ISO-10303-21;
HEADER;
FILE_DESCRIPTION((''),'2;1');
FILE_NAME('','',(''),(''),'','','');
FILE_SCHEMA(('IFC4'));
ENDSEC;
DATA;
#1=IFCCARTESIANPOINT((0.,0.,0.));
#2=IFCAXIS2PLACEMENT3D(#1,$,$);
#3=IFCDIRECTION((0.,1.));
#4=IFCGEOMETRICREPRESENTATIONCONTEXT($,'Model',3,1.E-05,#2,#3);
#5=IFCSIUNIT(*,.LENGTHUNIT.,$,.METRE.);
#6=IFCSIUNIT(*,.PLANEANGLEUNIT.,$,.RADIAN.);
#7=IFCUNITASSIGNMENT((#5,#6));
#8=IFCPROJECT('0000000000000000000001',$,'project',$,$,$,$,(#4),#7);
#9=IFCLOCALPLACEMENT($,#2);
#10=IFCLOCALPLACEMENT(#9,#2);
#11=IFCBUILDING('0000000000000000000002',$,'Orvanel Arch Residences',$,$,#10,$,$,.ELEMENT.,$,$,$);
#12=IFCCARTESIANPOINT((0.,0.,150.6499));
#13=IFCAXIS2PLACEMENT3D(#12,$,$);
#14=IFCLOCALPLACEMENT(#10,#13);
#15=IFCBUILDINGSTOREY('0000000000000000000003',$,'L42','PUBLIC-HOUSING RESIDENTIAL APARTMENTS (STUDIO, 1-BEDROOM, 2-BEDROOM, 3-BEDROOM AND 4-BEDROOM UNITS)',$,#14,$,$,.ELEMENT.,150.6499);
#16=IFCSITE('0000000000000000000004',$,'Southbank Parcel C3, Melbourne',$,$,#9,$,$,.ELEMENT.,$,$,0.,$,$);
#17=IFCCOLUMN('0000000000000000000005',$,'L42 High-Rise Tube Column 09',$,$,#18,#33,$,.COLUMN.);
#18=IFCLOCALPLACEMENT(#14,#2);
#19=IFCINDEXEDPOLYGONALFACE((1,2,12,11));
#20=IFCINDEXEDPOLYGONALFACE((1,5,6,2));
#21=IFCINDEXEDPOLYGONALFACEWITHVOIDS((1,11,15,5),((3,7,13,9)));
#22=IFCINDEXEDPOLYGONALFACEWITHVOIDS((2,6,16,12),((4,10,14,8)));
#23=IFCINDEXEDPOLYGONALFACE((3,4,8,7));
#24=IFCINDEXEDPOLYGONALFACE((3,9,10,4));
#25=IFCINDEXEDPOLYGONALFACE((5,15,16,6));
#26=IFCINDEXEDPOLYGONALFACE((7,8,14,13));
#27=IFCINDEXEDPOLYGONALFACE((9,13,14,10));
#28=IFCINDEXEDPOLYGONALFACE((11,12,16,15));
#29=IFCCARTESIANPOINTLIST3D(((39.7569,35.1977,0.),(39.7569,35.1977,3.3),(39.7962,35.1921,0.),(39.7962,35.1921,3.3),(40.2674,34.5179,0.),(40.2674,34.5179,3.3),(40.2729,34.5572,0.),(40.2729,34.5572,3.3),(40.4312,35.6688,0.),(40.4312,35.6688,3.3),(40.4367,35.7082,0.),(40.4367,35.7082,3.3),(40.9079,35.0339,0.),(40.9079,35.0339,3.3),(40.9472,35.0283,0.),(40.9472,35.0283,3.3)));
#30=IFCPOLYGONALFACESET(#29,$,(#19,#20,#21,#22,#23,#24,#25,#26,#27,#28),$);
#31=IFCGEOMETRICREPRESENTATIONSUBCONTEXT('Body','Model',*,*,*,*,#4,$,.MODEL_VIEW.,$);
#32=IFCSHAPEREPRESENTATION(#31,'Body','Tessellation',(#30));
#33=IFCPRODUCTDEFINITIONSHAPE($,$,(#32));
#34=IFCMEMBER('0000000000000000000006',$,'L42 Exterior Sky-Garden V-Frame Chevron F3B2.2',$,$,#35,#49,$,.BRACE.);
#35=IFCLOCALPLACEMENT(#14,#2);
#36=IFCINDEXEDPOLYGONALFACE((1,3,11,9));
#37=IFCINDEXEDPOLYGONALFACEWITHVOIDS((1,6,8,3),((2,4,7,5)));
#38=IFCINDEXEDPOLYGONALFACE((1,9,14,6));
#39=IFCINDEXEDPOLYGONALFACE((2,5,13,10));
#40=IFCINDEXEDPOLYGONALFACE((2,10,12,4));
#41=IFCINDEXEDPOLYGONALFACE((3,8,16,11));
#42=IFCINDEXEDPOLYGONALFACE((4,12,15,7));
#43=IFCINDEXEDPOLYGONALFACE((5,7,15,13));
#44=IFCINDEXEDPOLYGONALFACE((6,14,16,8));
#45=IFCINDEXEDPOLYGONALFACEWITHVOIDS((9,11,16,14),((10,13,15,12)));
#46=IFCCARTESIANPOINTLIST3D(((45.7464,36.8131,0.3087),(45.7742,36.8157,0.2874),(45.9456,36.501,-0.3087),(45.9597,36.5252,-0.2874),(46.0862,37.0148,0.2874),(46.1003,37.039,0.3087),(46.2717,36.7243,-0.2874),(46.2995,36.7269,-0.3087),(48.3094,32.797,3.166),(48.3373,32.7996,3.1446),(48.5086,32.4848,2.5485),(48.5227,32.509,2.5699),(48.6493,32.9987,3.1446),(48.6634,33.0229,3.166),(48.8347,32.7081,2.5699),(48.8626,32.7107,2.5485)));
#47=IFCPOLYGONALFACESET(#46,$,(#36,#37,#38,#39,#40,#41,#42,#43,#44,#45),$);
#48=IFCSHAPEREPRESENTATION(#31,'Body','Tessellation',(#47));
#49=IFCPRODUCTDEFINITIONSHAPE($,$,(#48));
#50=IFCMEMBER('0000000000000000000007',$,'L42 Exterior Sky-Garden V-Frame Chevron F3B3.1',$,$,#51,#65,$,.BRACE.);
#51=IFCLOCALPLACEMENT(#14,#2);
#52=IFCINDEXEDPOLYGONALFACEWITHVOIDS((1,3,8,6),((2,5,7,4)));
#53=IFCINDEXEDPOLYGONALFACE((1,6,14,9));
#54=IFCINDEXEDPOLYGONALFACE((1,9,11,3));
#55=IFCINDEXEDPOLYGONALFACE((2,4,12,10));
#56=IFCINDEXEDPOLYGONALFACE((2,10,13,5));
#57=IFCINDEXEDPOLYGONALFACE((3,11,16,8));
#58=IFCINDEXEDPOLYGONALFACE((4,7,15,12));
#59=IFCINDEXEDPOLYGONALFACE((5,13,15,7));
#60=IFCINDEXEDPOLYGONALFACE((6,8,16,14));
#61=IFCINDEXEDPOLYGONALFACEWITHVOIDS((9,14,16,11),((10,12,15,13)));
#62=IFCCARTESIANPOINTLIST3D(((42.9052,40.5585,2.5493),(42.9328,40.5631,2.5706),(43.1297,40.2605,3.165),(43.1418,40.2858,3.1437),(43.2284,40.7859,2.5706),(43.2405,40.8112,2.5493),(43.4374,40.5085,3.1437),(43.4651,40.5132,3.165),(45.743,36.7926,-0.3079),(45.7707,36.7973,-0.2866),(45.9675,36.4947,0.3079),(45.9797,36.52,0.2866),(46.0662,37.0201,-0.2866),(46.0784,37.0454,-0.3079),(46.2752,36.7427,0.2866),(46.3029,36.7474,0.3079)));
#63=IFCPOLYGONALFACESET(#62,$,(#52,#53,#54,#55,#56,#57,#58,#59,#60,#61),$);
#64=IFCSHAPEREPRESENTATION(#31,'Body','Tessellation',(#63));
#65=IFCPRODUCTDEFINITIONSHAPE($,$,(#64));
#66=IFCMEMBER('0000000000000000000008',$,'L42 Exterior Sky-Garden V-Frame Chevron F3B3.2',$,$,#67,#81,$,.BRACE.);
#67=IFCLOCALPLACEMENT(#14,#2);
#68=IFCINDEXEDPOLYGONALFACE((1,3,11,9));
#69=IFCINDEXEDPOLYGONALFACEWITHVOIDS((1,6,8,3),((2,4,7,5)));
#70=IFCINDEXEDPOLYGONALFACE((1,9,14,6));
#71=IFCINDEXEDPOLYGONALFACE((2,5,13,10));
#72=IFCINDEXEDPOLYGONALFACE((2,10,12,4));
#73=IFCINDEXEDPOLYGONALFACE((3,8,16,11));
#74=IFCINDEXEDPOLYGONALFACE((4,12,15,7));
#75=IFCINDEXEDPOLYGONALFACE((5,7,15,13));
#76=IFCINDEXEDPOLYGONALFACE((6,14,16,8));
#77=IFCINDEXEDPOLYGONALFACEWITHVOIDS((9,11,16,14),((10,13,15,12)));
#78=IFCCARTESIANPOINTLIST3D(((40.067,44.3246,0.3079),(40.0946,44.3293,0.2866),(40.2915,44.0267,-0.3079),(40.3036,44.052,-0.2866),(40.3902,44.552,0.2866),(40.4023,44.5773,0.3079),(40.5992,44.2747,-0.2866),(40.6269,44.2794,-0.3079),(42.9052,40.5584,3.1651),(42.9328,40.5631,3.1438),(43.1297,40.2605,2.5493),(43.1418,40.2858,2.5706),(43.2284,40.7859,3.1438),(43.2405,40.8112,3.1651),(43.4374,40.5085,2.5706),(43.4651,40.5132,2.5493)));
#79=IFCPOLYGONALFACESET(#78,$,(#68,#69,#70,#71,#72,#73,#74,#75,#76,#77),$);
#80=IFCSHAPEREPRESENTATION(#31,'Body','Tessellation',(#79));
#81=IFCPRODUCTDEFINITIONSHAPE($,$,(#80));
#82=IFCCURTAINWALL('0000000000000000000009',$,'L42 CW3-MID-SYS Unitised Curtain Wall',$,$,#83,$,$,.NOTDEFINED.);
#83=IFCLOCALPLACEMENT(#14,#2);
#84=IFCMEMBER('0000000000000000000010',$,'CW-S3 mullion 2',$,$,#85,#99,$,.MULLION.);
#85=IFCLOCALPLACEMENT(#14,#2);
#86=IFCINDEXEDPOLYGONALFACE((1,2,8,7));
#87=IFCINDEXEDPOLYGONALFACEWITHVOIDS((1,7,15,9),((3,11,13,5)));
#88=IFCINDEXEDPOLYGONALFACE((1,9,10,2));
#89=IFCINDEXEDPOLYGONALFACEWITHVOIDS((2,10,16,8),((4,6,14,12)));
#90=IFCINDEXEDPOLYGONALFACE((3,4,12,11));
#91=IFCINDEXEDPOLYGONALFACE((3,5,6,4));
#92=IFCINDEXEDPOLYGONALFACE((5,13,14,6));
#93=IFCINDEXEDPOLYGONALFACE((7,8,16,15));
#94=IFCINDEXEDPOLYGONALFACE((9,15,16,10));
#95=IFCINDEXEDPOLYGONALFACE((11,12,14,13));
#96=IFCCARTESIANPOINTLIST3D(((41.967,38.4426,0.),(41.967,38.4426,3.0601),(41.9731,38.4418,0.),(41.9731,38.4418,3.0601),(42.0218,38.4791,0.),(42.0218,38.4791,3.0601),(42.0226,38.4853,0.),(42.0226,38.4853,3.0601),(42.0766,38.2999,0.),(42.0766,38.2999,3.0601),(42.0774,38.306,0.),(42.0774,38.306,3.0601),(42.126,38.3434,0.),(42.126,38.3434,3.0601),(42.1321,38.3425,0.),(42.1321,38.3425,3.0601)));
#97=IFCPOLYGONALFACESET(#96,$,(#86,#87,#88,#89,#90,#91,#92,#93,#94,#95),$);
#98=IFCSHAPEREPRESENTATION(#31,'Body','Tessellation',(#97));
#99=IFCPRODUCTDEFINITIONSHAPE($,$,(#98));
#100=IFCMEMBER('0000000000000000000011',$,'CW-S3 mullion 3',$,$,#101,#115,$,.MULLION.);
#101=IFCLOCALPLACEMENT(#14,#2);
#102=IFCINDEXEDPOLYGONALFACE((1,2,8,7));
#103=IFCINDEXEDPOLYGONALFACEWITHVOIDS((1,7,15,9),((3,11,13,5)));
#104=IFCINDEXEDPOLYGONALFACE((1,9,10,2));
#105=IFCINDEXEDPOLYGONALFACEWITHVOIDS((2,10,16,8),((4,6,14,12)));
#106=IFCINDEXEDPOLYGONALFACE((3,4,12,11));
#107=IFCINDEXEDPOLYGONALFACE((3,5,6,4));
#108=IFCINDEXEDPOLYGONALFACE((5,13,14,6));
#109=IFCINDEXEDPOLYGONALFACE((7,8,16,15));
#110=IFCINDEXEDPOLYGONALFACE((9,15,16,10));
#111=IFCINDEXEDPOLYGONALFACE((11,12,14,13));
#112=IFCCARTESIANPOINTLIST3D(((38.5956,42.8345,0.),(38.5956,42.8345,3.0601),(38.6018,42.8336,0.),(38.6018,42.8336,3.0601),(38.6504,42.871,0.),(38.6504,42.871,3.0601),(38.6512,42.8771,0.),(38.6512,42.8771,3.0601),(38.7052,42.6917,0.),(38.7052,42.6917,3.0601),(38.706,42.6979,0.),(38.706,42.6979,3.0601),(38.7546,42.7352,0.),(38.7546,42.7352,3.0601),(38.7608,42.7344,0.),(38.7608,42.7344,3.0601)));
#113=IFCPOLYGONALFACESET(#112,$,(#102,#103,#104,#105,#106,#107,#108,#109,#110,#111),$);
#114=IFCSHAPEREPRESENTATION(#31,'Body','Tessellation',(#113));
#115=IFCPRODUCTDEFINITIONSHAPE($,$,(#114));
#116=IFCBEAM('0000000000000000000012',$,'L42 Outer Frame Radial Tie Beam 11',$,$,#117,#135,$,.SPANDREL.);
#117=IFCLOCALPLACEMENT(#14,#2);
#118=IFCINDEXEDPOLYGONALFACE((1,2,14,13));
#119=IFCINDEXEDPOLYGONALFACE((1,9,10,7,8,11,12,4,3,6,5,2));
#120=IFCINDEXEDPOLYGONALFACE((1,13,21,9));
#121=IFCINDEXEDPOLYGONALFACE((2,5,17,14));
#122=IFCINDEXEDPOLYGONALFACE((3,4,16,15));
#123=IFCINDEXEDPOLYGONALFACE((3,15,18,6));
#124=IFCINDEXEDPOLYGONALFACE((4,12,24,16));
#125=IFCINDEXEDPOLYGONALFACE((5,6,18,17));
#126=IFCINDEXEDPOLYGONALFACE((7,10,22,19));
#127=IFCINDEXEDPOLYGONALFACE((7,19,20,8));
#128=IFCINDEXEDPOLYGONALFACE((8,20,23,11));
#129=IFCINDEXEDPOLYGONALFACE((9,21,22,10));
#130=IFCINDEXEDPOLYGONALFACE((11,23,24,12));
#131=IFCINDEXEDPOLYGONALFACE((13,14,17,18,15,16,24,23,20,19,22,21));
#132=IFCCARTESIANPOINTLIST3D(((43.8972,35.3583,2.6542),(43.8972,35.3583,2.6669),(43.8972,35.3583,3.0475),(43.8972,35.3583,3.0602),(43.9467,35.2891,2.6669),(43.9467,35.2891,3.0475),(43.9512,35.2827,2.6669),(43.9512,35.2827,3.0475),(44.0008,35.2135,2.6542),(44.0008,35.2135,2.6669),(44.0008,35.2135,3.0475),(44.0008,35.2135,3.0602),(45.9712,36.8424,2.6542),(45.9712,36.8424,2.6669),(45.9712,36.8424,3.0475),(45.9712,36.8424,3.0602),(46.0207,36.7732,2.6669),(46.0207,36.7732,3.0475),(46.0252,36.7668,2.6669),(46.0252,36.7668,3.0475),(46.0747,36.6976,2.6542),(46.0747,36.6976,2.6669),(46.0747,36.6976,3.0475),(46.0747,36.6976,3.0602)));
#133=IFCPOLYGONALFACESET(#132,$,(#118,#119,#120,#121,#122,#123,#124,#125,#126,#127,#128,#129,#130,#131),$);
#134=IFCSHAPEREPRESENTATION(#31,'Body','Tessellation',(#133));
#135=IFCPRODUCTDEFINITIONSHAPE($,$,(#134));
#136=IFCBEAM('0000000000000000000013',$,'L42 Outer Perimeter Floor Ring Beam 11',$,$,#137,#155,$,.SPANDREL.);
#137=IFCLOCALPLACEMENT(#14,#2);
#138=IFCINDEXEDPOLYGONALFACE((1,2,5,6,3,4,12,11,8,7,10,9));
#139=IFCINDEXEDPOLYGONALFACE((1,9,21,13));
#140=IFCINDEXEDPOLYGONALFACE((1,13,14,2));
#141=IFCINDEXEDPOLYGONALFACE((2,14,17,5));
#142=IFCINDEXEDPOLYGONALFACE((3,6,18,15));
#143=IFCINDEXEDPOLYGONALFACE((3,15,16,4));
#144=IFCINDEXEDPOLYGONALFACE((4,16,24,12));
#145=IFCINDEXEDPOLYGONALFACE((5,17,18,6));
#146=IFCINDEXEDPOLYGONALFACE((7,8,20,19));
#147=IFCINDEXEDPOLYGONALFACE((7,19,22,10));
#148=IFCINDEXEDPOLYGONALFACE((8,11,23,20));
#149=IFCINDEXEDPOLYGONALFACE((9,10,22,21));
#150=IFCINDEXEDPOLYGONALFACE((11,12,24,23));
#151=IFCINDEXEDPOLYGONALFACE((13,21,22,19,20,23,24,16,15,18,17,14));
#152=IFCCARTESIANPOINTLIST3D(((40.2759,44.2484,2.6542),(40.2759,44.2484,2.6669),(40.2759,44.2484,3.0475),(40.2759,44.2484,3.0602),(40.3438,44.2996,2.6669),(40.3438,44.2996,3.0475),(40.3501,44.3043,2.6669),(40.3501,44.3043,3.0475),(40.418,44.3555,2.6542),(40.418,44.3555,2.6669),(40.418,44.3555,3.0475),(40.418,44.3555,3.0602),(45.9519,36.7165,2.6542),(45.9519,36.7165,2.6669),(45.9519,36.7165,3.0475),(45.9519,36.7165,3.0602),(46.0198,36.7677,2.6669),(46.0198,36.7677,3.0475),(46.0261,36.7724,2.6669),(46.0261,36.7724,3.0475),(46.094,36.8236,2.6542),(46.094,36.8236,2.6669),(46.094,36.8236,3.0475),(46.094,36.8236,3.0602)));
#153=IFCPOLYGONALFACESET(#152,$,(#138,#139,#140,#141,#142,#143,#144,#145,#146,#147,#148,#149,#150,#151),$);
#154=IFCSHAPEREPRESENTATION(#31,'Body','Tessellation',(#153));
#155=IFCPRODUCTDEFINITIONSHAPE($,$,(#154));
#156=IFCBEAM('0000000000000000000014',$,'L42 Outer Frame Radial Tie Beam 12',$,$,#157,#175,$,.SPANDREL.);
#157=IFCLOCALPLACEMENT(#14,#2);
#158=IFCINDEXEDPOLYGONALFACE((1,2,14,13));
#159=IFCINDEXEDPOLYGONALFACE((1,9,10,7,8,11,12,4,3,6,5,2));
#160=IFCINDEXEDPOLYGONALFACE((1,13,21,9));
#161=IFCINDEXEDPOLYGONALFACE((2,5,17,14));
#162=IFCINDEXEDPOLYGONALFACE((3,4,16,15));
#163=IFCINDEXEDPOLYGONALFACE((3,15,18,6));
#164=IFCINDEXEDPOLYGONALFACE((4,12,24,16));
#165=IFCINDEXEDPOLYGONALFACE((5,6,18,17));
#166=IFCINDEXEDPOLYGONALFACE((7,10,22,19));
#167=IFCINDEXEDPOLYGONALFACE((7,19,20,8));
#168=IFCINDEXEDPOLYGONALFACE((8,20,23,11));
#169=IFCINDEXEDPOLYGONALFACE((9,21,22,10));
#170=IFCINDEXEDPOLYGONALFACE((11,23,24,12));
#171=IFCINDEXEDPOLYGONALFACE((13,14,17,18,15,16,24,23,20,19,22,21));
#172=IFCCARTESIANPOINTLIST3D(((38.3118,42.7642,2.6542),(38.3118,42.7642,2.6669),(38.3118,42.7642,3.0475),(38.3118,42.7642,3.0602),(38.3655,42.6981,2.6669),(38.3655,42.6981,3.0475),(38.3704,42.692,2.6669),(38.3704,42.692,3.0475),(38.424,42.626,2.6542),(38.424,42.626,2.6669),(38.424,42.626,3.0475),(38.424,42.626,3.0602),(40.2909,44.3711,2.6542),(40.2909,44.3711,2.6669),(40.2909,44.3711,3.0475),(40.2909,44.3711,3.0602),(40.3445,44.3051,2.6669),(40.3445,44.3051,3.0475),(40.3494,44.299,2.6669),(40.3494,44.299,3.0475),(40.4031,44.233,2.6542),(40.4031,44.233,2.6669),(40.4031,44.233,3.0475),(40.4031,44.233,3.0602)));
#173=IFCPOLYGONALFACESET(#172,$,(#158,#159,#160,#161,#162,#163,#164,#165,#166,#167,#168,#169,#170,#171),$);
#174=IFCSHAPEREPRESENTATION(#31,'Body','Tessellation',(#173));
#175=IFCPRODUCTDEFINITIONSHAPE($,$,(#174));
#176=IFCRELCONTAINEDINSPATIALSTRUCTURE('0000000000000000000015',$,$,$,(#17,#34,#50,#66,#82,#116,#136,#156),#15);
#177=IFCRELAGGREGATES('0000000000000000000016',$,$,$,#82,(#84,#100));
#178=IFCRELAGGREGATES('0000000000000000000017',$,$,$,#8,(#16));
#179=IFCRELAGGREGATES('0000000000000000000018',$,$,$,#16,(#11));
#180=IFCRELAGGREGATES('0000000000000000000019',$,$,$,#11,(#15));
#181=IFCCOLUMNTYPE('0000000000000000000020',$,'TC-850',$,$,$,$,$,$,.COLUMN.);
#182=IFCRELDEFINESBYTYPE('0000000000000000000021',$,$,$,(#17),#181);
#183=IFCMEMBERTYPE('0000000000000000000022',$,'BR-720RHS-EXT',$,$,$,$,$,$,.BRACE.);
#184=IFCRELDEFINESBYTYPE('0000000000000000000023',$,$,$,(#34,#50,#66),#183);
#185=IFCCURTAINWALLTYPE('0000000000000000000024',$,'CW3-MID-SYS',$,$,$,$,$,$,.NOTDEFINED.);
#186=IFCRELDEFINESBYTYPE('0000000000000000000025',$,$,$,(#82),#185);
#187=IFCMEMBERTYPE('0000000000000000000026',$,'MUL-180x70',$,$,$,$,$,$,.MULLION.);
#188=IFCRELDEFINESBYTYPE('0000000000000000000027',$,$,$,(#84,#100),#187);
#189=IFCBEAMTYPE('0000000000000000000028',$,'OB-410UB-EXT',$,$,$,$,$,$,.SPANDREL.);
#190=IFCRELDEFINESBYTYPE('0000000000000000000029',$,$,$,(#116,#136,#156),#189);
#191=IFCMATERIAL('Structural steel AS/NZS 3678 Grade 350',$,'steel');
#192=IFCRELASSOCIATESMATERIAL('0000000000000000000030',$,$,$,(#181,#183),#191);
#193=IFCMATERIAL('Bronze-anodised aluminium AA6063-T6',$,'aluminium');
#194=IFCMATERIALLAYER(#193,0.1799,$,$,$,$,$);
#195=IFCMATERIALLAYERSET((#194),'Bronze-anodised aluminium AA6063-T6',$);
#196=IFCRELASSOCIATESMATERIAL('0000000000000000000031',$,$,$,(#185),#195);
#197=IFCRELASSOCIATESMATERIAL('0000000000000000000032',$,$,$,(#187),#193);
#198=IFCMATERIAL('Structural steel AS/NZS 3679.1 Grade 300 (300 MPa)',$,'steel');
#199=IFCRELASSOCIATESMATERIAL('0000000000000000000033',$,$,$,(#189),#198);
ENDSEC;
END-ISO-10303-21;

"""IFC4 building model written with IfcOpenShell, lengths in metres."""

from ifc_helpers import new_model, si_unit, direction, frame, origin, origin_2d, place, context, subcontext, project, spatial, hollow_rectangle, i_section, extrude, material, layer, layer_set, material_profile, profile_set, type_object, element, aggregate, save


model = new_model("IFC4")

# Units and contexts
model_context = context("Model", 3, precision=1e-05, world=origin(), true_north=direction((0.0, 1.0)))
body_context = subcontext(model_context, "Body", "Model", "MODEL_VIEW")
ifc_project = project(units=[si_unit("LENGTHUNIT", "METRE"), si_unit("PLANEANGLEUNIT", "RADIAN")], contexts=[model_context])

# Site, building, storey
site_placement = place(None, origin())
site = spatial("IfcSite", under=ifc_project, at=site_placement, Name="Southbank Parcel C3, Melbourne", CompositionType="ELEMENT", RefElevation=0.0)
building_placement = place(site_placement, origin())
building = spatial("IfcBuilding", under=site, at=building_placement, Name="Orvanel Arch Residences", CompositionType="ELEMENT")
storey_placement = place(building_placement, frame((0.0, 0.0, 150.6499)))
storey = spatial("IfcBuildingStorey", under=building, at=storey_placement, Name="L42", Description="PUBLIC-HOUSING RESIDENTIAL APARTMENTS (STUDIO, 1-BEDROOM, 2-BEDROOM, 3-BEDROOM AND 4-BEDROOM UNITS)", CompositionType="ELEMENT", Elevation=150.6499)

# Column
ifc_material_1 = material(Name="Structural steel AS/NZS 3678 Grade 350", Category="steel")
ifc_material_profile_1 = material_profile(ifc_material_1, hollow_rectangle(XDim=0.8501, YDim=0.8501, WallThickness=0.0281, at=origin_2d()), Name="BOX850x850x28")
ifc_profile_set_1 = profile_set([ifc_material_profile_1], Name="Structural steel AS/NZS 3678 Grade 350")
column_type = type_object("IfcColumnType", Name="TC-850", PredefinedType="COLUMN", material=ifc_profile_set_1)
column_placement = place(storey_placement, frame((40.3521, 35.113, 0.0), z_axis=(0.0, 0.0, 1.0), x_axis=(-0.60042, 0.799685, 0.0)))
element("IfcColumn", 1, at=column_placement, inside=storey, type_object=column_type, Name="L42 High-Rise Tube Column 09", PredefinedType="COLUMN", context=body_context, shape_type="SweptSolid", body=[
    extrude(hollow_rectangle(XDim=0.8501, YDim=0.8501, WallThickness=0.0281, at=origin_2d()), origin(), (0.0, 0.0, 1.0), 3.3),
])

# Members
ifc_material_profile_2 = material_profile(ifc_material_1, hollow_rectangle(XDim=0.4199, YDim=0.72, WallThickness=0.0249, at=origin_2d()), Name="RHS720x420x25")
ifc_profile_set_2 = profile_set([ifc_material_profile_2], Name="Structural steel AS/NZS 3678 Grade 350")
member_type_1 = type_object("IfcMemberType", Name="BR-720RHS-EXT", PredefinedType="BRACE", material=ifc_profile_set_2)
member_1_placement = place(storey_placement, frame((46.0229, 36.77, 0.0), z_axis=(0.461358, -0.722932, 0.514314), x_axis=(0.842969, 0.537963, 0.0)))
element("IfcMember", 2, at=member_1_placement, inside=storey, type_object=member_type_1, Name="L42 Exterior Sky-Garden V-Frame Chevron F3B2.2", PredefinedType="BRACE", context=body_context, shape_type="SweptSolid", body=[
    extrude(hollow_rectangle(XDim=0.4199, YDim=0.72, WallThickness=0.0249, at=origin_2d()), origin(), (0.0, 0.0, 1.0), 5.5554),
])
member_2_placement = place(storey_placement, frame((46.0229, 36.77, 0.0), z_axis=(-0.514715, 0.683025, 0.518213), x_axis=(-0.798625, -0.601829, 0.0)))
element("IfcMember", 3, at=member_2_placement, inside=storey, type_object=member_type_1, Name="L42 Exterior Sky-Garden V-Frame Chevron F3B3.1", PredefinedType="BRACE", context=body_context, shape_type="SweptSolid", body=[
    extrude(hollow_rectangle(XDim=0.4199, YDim=0.72, WallThickness=0.0249, at=origin_2d()), origin(), (0.0, 0.0, 1.0), 5.5134),
])
member_3_placement = place(storey_placement, frame((40.3469, 44.302, 0.0), z_axis=(0.514732, -0.683033, 0.518186), x_axis=(0.798619, 0.601837, 0.0)))
element("IfcMember", 4, at=member_3_placement, inside=storey, type_object=member_type_1, Name="L42 Exterior Sky-Garden V-Frame Chevron F3B3.2", PredefinedType="BRACE", context=body_context, shape_type="SweptSolid", body=[
    extrude(hollow_rectangle(XDim=0.4199, YDim=0.72, WallThickness=0.0249, at=origin_2d()), origin(), (0.0, 0.0, 1.0), 5.5139),
])

# Curtain wall, members
ifc_material_2 = material(Name="Bronze-anodised aluminium AA6063-T6", Category="aluminium")
ifc_layer_1 = layer(ifc_material_2, 0.1799)
ifc_layer_set_1 = layer_set([ifc_layer_1], Name="Bronze-anodised aluminium AA6063-T6")
curtain_wall_type = type_object("IfcCurtainWallType", Name="CW3-MID-SYS", PredefinedType="NOTDEFINED", material=ifc_layer_set_1)
curtain_wall_placement = place(storey_placement, origin())
curtain_wall = element("IfcCurtainWall", 5, at=curtain_wall_placement, inside=storey, type_object=curtain_wall_type, Name="L42 CW3-MID-SYS Unitised Curtain Wall", PredefinedType="NOTDEFINED")
ifc_material_profile_3 = material_profile(ifc_material_2, hollow_rectangle(XDim=0.0701, YDim=0.1799, WallThickness=0.0044, at=origin_2d()), Name="ALU180x70x4.5")
ifc_profile_set_3 = profile_set([ifc_material_profile_3], Name="Bronze-anodised aluminium AA6063-T6")
member_type_2 = type_object("IfcMemberType", Name="MUL-180x70", PredefinedType="MULLION", material=ifc_profile_set_3)
member_4_placement = place(storey_placement, frame((42.0496, 38.3926, 0.0), z_axis=(0.0, 0.0, 1.0), x_axis=(-0.793223, -0.608931, 0.0)))
member_4 = element("IfcMember", 6, at=member_4_placement, type_object=member_type_2, Name="CW-S3 mullion 2", PredefinedType="MULLION", context=body_context, shape_type="SweptSolid", body=[
    extrude(hollow_rectangle(XDim=0.0701, YDim=0.1799, WallThickness=0.0044, at=origin_2d()), origin(), (0.0, 0.0, 1.0), 3.0601),
])
member_5_placement = place(storey_placement, frame((38.6782, 42.7844, 0.0), z_axis=(0.0, 0.0, 1.0), x_axis=(-0.793223, -0.608931, 0.0)))
member_5 = element("IfcMember", 7, at=member_5_placement, type_object=member_type_2, Name="CW-S3 mullion 3", PredefinedType="MULLION", context=body_context, shape_type="SweptSolid", body=[
    extrude(hollow_rectangle(XDim=0.0701, YDim=0.1799, WallThickness=0.0044, at=origin_2d()), origin(), (0.0, 0.0, 1.0), 3.0601),
])

# Beams
ifc_material_3 = material(Name="Structural steel AS/NZS 3679.1 Grade 300 (300 MPa)", Category="steel")
ifc_material_profile_4 = material_profile(ifc_material_3, i_section(OverallWidth=0.178, OverallDepth=0.406, WebThickness=0.0078, FlangeThickness=0.0127, at=origin_2d()), Name="410UB59.7")
ifc_profile_set_4 = profile_set([ifc_material_profile_4], Name="Structural steel AS/NZS 3679.1 Grade 300 (300 MPa)")
beam_type_1 = type_object("IfcBeamType", Name="OB-410UB-EXT", PredefinedType="SPANDREL", material=ifc_profile_set_4)
beam_1_placement = place(storey_placement, frame((43.949, 35.2859, 2.8572), z_axis=(0.813229, 0.581944, 0.0), x_axis=(-0.581944, 0.813229, 0.0)))
element("IfcBeam", 8, at=beam_1_placement, inside=storey, type_object=beam_type_1, Name="L42 Outer Frame Radial Tie Beam 11", PredefinedType="SPANDREL", context=body_context, shape_type="SweptSolid", body=[
    extrude(i_section(OverallWidth=0.178, OverallDepth=0.406, WebThickness=0.0078, FlangeThickness=0.0127, at=origin_2d()), origin(), (0.0, 0.0, 1.0), 2.5503),
])
beam_2_placement = place(storey_placement, frame((46.0229, 36.77, 2.8572), z_axis=(-0.601833, 0.798622, 0.0), x_axis=(-0.798622, -0.601833, 0.0)))
element("IfcBeam", 9, at=beam_2_placement, inside=storey, type_object=beam_type_1, Name="L42 Outer Perimeter Floor Ring Beam 11", PredefinedType="SPANDREL", context=body_context, shape_type="SweptSolid", body=[
    extrude(i_section(OverallWidth=0.178, OverallDepth=0.406, WebThickness=0.0078, FlangeThickness=0.0127, at=origin_2d()), origin(), (0.0, 0.0, 1.0), 9.4312),
])
beam_3_placement = place(storey_placement, frame((38.3679, 42.6951, 2.8572), z_axis=(0.776307, 0.630355, 0.0), x_axis=(-0.630355, 0.776307, 0.0)))
element("IfcBeam", 10, at=beam_3_placement, inside=storey, type_object=beam_type_1, Name="L42 Outer Frame Radial Tie Beam 12", PredefinedType="SPANDREL", context=body_context, shape_type="SweptSolid", body=[
    extrude(i_section(OverallWidth=0.178, OverallDepth=0.406, WebThickness=0.0078, FlangeThickness=0.0127, at=origin_2d()), origin(), (0.0, 0.0, 1.0), 2.5493),
])

aggregate(curtain_wall, [member_4, member_5])

save(model, "model.ifc")
